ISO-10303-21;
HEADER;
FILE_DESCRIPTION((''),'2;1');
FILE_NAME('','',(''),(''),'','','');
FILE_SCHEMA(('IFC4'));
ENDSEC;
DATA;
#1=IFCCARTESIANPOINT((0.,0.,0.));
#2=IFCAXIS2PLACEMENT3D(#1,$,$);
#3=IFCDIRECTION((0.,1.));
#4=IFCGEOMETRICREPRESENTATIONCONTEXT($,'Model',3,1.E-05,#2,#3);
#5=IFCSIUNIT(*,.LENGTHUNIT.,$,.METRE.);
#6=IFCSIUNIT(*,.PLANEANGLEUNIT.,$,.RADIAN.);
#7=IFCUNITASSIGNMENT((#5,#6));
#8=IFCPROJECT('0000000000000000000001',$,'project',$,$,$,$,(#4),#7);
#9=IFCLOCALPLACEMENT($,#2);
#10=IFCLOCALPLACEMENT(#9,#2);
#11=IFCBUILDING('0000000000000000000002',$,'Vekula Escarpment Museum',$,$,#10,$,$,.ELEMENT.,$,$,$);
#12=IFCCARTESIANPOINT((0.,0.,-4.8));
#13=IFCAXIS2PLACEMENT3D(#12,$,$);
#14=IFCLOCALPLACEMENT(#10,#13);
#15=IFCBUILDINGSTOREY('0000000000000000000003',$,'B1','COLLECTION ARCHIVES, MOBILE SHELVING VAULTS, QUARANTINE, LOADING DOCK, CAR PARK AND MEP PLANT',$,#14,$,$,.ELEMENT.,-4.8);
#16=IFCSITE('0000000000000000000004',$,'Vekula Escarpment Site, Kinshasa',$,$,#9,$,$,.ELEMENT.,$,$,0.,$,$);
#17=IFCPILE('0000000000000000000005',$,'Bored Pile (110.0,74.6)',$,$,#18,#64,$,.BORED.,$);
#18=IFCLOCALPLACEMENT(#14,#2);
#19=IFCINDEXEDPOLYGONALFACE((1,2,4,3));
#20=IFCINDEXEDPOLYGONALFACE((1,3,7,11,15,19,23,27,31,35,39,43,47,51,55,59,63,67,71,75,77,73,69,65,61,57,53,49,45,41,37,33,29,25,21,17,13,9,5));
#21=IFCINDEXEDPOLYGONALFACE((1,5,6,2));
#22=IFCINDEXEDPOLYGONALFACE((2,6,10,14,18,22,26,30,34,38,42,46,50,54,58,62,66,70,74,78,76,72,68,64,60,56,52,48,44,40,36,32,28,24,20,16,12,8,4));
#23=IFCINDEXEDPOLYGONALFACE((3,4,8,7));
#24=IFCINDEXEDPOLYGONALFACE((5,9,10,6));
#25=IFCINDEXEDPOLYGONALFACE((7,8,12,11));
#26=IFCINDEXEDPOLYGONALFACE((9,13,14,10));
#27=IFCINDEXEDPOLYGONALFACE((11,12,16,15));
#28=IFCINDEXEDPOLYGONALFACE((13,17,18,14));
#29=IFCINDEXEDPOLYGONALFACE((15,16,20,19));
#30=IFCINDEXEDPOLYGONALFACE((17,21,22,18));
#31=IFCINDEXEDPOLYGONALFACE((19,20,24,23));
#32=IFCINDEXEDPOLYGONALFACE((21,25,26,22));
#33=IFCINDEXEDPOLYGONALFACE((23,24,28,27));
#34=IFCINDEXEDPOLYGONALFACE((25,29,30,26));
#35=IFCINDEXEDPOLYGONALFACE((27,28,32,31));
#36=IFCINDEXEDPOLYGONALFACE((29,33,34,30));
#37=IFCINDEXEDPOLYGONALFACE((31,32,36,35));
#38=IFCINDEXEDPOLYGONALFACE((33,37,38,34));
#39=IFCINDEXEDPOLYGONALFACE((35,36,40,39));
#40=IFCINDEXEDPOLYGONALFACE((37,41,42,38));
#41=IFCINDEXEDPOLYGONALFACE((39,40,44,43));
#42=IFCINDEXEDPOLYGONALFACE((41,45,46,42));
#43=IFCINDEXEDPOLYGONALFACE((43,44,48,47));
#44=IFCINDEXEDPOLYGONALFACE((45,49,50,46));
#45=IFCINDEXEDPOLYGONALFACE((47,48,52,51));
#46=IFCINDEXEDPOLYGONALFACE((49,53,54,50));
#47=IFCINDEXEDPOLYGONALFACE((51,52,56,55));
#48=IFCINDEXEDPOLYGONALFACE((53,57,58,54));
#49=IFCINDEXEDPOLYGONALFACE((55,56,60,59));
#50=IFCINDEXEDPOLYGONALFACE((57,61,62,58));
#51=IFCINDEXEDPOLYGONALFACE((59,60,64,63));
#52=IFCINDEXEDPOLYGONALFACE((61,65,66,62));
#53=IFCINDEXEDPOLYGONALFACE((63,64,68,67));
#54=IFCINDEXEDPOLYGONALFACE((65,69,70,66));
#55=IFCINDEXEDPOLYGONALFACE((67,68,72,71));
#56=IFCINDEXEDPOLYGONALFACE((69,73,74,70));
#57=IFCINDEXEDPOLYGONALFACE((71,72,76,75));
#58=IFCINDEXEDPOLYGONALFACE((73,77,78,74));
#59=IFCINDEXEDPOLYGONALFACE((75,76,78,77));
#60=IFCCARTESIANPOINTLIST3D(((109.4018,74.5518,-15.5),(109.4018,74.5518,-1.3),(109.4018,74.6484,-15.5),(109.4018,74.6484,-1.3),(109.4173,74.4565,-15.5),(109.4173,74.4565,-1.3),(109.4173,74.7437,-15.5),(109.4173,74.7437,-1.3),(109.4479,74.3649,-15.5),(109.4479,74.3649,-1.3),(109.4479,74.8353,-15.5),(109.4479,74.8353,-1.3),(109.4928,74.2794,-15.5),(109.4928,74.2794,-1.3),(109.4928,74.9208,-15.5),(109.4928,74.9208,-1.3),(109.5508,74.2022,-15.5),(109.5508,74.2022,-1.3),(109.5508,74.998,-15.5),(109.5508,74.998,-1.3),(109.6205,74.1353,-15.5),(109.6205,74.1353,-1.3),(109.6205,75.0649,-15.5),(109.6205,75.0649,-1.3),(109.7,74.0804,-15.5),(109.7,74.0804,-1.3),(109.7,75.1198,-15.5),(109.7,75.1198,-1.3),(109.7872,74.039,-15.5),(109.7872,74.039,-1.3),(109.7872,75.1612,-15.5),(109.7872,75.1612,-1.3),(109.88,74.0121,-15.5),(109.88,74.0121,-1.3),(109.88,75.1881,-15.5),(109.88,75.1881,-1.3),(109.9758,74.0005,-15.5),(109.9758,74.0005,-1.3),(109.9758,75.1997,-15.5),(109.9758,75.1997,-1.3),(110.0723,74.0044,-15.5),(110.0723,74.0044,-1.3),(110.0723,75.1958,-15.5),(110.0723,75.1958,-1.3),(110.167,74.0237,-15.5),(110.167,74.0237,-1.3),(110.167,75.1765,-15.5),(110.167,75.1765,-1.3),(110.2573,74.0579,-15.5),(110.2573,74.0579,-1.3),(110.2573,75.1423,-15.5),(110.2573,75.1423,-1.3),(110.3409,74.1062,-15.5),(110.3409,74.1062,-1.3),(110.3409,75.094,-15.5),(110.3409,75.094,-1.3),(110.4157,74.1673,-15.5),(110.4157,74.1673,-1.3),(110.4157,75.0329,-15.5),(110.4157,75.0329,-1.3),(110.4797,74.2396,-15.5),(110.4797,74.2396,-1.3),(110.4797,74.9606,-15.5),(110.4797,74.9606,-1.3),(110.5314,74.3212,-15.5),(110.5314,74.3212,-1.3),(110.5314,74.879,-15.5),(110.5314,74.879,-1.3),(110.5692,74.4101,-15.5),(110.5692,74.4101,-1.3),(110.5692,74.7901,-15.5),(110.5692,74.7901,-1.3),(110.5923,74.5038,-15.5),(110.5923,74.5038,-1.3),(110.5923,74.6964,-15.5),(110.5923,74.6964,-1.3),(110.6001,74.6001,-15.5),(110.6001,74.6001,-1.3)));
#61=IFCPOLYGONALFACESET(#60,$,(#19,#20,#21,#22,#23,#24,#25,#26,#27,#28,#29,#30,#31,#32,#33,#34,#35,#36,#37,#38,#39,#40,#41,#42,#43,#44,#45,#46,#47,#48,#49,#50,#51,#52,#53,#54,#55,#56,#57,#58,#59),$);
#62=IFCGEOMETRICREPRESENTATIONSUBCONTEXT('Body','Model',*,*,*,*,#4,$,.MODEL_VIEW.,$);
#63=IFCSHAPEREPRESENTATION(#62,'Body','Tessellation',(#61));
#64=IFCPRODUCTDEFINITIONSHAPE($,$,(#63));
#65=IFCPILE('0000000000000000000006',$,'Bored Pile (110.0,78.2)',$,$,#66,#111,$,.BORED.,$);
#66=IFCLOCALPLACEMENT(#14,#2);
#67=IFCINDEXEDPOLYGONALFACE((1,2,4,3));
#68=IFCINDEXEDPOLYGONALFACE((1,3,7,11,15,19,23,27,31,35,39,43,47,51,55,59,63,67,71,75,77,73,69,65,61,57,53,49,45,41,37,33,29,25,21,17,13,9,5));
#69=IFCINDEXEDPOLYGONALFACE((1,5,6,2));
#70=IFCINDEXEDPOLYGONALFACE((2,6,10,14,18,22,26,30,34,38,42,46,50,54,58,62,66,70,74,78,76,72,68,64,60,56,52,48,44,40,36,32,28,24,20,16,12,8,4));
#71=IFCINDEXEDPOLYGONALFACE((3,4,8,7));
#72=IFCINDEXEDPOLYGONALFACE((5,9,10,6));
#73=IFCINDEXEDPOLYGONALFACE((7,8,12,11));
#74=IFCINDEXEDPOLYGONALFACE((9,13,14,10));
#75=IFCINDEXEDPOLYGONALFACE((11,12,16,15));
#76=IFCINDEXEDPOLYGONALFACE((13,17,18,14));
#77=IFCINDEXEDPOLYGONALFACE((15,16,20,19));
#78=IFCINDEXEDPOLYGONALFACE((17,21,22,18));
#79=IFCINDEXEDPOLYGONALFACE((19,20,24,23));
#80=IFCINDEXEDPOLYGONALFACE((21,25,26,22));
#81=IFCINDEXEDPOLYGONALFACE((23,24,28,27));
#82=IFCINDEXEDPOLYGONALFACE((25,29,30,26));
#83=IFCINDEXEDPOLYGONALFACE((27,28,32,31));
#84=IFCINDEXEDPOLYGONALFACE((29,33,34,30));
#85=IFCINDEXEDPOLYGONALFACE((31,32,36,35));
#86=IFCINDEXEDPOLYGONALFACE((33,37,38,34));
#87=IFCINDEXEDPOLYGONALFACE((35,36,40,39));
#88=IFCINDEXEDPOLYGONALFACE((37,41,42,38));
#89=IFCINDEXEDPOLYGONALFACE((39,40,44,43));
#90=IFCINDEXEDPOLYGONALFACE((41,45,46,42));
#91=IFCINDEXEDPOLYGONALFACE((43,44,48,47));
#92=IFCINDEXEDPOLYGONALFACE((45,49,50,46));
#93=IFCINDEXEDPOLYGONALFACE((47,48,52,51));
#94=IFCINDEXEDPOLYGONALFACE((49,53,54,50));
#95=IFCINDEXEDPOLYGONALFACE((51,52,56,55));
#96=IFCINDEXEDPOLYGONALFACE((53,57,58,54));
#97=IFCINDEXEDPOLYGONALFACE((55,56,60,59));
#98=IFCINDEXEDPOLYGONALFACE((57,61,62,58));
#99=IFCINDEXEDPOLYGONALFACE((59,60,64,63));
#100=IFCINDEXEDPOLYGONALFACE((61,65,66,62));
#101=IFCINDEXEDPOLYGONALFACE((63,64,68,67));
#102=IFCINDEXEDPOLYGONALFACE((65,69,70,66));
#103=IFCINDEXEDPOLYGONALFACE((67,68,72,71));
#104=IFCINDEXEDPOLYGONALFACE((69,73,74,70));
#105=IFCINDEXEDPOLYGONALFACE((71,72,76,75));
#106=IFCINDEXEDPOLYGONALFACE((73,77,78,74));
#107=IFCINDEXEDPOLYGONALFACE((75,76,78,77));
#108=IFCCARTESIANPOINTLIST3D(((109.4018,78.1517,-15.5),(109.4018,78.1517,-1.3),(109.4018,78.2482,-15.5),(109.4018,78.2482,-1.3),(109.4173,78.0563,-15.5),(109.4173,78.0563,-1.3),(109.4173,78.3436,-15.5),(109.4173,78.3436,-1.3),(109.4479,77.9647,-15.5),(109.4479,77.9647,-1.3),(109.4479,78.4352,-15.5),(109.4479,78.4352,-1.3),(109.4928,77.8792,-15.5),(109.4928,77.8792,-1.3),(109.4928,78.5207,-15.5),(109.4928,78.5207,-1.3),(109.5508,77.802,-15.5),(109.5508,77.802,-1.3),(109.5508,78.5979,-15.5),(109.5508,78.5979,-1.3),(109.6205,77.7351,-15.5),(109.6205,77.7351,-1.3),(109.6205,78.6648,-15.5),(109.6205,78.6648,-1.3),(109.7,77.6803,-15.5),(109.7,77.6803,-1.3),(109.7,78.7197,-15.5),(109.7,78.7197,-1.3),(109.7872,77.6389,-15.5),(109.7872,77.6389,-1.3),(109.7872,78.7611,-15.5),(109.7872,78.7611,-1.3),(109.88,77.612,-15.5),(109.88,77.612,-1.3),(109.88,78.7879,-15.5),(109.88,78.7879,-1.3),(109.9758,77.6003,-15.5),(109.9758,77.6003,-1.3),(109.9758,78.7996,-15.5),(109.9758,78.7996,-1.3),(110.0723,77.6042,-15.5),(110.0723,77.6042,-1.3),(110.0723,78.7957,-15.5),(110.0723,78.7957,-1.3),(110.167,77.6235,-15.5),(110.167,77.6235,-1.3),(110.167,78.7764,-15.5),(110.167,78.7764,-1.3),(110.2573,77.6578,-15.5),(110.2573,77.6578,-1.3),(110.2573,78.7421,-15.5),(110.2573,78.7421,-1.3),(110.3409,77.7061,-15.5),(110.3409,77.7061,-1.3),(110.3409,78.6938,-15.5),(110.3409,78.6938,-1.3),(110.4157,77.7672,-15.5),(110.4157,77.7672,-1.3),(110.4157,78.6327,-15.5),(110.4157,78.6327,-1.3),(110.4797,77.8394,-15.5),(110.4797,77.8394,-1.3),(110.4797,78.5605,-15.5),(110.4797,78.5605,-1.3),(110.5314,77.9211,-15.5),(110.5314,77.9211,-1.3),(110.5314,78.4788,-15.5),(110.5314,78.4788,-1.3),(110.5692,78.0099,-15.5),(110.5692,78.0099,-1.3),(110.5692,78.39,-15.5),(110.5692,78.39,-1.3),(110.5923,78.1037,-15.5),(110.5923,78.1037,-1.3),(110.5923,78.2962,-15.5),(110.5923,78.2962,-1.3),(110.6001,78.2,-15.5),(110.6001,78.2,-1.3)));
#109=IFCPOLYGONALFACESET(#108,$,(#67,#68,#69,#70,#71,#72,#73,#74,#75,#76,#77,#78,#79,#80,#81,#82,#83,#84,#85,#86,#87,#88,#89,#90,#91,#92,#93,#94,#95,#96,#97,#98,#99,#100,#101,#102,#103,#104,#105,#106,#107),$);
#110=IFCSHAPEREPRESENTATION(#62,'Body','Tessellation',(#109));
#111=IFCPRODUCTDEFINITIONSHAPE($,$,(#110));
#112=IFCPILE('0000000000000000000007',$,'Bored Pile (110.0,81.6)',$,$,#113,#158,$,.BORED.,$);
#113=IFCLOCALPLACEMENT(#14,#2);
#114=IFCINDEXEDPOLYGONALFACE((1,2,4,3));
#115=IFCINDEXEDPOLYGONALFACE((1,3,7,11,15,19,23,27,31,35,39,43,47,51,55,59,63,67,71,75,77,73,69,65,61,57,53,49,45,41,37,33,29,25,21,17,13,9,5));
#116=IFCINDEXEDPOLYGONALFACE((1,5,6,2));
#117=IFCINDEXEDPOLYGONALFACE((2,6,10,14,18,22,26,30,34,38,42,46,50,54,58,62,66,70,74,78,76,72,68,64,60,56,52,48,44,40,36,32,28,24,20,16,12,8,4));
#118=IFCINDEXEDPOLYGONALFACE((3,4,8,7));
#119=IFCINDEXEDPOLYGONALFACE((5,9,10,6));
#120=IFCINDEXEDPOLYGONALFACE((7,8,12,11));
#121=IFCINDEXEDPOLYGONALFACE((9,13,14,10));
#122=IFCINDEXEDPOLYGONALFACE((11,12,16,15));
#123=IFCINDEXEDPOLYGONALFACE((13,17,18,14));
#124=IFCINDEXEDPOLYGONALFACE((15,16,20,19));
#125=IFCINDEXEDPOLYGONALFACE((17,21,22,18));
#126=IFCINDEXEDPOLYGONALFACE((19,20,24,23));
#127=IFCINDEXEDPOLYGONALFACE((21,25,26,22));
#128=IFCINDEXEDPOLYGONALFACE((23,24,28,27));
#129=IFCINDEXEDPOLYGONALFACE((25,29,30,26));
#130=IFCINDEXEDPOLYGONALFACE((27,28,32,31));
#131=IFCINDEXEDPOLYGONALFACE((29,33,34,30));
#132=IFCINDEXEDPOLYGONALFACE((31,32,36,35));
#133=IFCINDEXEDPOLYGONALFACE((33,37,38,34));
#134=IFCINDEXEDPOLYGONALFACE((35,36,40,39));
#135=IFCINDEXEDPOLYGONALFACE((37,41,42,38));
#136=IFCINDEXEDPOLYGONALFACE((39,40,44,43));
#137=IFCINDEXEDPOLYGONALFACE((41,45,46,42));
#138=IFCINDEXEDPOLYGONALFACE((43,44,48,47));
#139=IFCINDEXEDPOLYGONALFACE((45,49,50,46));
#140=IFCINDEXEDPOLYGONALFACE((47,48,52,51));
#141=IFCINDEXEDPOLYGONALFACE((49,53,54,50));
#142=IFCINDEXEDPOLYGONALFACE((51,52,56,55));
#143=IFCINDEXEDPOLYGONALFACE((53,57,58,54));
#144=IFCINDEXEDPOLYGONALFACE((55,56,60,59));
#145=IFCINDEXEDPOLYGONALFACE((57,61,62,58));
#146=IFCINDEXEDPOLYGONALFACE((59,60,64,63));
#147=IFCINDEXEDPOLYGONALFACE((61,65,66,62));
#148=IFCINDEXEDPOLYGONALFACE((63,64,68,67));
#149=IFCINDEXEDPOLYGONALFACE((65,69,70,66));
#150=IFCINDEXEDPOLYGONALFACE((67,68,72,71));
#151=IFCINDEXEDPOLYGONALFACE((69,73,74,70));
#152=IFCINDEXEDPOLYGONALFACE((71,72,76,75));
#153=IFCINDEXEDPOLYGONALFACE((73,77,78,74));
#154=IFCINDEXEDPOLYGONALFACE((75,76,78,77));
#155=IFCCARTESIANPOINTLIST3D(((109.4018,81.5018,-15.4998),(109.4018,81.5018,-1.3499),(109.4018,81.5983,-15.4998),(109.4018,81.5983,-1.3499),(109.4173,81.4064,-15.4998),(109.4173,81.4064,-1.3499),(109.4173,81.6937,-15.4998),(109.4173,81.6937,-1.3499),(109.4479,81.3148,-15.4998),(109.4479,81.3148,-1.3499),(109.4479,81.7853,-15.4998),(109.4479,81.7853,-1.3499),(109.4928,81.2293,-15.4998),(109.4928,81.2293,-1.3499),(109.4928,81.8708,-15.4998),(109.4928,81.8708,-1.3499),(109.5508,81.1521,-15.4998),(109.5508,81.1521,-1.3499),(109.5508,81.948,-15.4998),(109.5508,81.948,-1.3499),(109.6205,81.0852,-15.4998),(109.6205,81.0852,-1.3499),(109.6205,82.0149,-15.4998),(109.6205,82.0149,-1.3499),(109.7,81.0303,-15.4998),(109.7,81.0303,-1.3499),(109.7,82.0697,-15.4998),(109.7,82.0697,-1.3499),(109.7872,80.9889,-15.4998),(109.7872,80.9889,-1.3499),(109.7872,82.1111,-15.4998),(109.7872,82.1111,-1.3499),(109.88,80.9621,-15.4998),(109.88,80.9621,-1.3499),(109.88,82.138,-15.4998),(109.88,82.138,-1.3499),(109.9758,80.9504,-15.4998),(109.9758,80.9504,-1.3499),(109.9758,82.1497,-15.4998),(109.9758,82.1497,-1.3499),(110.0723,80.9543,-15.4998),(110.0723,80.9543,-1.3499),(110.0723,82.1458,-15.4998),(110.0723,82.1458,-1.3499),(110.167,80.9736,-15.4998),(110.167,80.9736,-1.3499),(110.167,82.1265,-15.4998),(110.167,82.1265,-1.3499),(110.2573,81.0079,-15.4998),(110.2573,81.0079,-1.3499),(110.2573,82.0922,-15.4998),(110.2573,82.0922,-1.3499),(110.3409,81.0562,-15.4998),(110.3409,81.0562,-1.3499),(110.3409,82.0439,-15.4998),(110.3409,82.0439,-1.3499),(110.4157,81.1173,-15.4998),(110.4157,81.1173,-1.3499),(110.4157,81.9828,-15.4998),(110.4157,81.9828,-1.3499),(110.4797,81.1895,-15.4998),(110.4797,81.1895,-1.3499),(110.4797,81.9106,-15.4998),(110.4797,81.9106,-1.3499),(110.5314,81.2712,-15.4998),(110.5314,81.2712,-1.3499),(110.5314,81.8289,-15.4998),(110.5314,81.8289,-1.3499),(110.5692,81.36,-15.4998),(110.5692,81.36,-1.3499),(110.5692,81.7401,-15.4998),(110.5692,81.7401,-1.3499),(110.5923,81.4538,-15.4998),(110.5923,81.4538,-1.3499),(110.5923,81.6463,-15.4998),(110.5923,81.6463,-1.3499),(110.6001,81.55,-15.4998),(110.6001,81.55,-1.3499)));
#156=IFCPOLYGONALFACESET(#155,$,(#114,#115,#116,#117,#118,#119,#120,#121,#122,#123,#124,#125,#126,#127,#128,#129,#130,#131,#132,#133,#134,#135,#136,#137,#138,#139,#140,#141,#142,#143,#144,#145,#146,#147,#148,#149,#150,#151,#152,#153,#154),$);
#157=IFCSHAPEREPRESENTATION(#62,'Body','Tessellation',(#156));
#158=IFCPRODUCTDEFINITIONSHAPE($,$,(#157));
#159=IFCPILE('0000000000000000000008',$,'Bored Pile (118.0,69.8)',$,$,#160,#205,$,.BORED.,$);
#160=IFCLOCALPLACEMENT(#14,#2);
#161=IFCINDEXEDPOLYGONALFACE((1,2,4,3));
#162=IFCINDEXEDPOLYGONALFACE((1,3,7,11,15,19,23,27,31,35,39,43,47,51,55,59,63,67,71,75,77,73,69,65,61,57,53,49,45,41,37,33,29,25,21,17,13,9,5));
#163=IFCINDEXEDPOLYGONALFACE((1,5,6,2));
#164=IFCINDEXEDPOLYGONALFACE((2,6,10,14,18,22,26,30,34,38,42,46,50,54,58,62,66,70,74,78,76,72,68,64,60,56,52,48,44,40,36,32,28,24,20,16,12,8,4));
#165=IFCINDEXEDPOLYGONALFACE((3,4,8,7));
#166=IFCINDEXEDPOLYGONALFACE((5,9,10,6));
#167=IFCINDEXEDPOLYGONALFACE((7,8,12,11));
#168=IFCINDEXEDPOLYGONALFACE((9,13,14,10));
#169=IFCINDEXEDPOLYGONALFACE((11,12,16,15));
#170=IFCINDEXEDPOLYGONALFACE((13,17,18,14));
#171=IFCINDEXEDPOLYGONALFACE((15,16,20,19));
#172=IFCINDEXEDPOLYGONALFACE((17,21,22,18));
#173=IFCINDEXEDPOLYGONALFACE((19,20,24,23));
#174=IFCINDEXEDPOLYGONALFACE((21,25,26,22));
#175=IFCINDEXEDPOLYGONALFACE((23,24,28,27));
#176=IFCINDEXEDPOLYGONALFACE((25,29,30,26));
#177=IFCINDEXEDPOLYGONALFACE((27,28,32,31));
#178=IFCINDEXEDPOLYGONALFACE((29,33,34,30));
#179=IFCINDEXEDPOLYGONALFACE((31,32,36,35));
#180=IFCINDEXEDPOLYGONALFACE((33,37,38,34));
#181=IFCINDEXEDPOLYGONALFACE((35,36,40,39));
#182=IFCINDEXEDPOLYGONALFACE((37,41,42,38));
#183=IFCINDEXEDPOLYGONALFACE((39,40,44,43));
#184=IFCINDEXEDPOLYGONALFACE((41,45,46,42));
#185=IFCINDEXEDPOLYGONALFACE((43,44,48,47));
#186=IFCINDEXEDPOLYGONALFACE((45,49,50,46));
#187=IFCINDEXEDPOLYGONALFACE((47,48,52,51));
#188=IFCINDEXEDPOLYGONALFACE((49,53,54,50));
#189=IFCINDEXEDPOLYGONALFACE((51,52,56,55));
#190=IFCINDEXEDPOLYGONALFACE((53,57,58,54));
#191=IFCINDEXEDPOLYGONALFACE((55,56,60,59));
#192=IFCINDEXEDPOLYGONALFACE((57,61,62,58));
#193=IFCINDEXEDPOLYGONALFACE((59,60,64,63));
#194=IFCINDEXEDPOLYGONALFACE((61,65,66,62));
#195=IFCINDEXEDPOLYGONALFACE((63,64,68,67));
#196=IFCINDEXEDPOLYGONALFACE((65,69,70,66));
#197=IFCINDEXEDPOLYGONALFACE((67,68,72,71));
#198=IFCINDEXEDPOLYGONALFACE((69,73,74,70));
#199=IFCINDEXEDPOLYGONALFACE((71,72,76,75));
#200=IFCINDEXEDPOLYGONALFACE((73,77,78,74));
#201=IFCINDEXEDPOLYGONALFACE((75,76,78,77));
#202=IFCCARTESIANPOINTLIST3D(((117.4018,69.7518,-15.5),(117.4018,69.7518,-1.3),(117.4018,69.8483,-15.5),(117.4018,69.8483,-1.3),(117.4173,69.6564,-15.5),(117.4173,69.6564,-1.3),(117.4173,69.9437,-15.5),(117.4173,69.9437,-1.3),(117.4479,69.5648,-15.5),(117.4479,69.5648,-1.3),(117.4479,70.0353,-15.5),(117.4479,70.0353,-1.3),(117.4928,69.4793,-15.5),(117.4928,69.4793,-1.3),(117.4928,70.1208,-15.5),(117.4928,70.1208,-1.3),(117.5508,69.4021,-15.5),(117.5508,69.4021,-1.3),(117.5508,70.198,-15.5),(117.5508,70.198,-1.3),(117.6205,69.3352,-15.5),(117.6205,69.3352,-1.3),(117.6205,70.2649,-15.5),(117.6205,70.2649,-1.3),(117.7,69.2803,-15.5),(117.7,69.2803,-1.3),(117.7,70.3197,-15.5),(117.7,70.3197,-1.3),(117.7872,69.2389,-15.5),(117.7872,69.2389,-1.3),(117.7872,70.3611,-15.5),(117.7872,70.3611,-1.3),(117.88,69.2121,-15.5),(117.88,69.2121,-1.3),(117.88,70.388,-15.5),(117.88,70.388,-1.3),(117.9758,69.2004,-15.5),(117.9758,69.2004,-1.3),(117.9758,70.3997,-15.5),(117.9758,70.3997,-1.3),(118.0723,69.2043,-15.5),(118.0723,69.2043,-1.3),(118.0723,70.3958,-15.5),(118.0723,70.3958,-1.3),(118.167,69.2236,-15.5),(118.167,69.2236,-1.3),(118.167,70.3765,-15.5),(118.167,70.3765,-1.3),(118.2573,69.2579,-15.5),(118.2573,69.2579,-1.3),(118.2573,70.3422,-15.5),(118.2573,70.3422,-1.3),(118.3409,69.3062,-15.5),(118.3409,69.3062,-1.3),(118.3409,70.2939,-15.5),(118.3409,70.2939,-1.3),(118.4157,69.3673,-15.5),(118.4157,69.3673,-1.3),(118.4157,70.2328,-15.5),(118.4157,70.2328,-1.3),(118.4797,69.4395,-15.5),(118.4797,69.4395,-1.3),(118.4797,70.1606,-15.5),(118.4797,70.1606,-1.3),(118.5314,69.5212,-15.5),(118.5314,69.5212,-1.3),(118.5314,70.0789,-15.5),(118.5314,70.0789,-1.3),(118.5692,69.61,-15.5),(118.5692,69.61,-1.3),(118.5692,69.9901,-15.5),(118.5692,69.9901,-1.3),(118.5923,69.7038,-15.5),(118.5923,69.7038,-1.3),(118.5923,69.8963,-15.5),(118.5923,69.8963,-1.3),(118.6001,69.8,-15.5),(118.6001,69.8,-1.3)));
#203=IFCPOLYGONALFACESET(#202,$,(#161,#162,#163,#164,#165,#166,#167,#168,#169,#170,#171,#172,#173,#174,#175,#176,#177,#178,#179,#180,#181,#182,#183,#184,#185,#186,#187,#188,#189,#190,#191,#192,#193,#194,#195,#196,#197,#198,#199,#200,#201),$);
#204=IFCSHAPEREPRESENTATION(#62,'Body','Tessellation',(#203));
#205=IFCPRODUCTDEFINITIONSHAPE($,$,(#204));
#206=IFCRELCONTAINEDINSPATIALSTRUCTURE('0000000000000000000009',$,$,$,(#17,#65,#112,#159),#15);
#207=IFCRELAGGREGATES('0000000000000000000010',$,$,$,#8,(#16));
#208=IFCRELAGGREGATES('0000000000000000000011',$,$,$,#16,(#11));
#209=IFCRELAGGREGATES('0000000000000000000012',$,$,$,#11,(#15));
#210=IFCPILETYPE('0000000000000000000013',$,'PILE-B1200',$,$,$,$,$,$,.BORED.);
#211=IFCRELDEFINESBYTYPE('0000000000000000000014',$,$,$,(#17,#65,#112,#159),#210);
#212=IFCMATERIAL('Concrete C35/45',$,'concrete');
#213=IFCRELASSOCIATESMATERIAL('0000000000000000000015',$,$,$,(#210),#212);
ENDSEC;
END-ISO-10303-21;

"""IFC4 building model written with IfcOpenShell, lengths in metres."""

from ifc_helpers import new_model, si_unit, direction, frame, origin, origin_2d, place, context, subcontext, project, spatial, circle, extrude, material, material_profile, profile_set, type_object, element, save


model = new_model("IFC4")

# Units and contexts
model_context = context("Model", 3, precision=1e-05, world=origin(), true_north=direction((0.0, 1.0)))
body_context = subcontext(model_context, "Body", "Model", "MODEL_VIEW")
ifc_project = project(units=[si_unit("LENGTHUNIT", "METRE"), si_unit("PLANEANGLEUNIT", "RADIAN")], contexts=[model_context])

# Site, building, storey
site_placement = place(None, origin())
site = spatial("IfcSite", under=ifc_project, at=site_placement, Name="Vekula Escarpment Site, Kinshasa", CompositionType="ELEMENT", RefElevation=0.0)
building_placement = place(site_placement, origin())
building = spatial("IfcBuilding", under=site, at=building_placement, Name="Vekula Escarpment Museum", CompositionType="ELEMENT")
storey_placement = place(building_placement, frame((0.0, 0.0, -4.8)))
storey = spatial("IfcBuildingStorey", under=building, at=storey_placement, Name="B1", Description="COLLECTION ARCHIVES, MOBILE SHELVING VAULTS, QUARANTINE, LOADING DOCK, CAR PARK AND MEP PLANT", CompositionType="ELEMENT", Elevation=-4.8)

# Piles
ifc_material_1 = material(Name="Concrete C35/45", Category="concrete")
ifc_material_profile_1 = material_profile(ifc_material_1, circle(Radius=0.6001, at=origin_2d()), Name="BORED PILE 1200")
ifc_profile_set_1 = profile_set([ifc_material_profile_1], Name="Concrete C35/45")
pile_type = type_object("IfcPileType", Name="PILE-B1200", PredefinedType="BORED", material=ifc_profile_set_1)
for number, where, z_axis, x_axis, name in (
    (1, (110.0, 74.6001, -1.3), (0.0, 0.0, -1.0), (1.0, 0.0, 0.0), "Bored Pile (110.0,74.6)"),
    (2, (110.0, 78.2, -1.3), (0.0, 0.0, -1.0), (1.0, 0.0, 0.0), "Bored Pile (110.0,78.2)"),
):
    element("IfcPile", number, at=place(storey_placement, frame(where, z_axis=z_axis, x_axis=x_axis)), inside=storey, type_object=pile_type, Name=name, PredefinedType="BORED", context=body_context, shape_type="SweptSolid", body=[
        extrude(circle(Radius=0.6001, at=origin_2d()), origin(), (0.0, 0.0, 1.0), 14.2),
    ])
pile_1_placement = place(storey_placement, frame((110.0, 81.55, -1.3499), z_axis=(0.0, 0.0, -1.0), x_axis=(1.0, 0.0, 0.0)))
element("IfcPile", 3, at=pile_1_placement, inside=storey, type_object=pile_type, Name="Bored Pile (110.0,81.6)", PredefinedType="BORED", context=body_context, shape_type="SweptSolid", body=[
    extrude(circle(Radius=0.6001, at=origin_2d()), origin(), (0.0, 0.0, 1.0), 14.1499),
])
pile_2_placement = place(storey_placement, frame((118.0, 69.8, -1.3), z_axis=(0.0, 0.0, -1.0), x_axis=(1.0, 0.0, 0.0)))
element("IfcPile", 4, at=pile_2_placement, inside=storey, type_object=pile_type, Name="Bored Pile (118.0,69.8)", PredefinedType="BORED", context=body_context, shape_type="SweptSolid", body=[
    extrude(circle(Radius=0.6001, at=origin_2d()), origin(), (0.0, 0.0, 1.0), 14.2),
])

save(model, "model.ifc")
